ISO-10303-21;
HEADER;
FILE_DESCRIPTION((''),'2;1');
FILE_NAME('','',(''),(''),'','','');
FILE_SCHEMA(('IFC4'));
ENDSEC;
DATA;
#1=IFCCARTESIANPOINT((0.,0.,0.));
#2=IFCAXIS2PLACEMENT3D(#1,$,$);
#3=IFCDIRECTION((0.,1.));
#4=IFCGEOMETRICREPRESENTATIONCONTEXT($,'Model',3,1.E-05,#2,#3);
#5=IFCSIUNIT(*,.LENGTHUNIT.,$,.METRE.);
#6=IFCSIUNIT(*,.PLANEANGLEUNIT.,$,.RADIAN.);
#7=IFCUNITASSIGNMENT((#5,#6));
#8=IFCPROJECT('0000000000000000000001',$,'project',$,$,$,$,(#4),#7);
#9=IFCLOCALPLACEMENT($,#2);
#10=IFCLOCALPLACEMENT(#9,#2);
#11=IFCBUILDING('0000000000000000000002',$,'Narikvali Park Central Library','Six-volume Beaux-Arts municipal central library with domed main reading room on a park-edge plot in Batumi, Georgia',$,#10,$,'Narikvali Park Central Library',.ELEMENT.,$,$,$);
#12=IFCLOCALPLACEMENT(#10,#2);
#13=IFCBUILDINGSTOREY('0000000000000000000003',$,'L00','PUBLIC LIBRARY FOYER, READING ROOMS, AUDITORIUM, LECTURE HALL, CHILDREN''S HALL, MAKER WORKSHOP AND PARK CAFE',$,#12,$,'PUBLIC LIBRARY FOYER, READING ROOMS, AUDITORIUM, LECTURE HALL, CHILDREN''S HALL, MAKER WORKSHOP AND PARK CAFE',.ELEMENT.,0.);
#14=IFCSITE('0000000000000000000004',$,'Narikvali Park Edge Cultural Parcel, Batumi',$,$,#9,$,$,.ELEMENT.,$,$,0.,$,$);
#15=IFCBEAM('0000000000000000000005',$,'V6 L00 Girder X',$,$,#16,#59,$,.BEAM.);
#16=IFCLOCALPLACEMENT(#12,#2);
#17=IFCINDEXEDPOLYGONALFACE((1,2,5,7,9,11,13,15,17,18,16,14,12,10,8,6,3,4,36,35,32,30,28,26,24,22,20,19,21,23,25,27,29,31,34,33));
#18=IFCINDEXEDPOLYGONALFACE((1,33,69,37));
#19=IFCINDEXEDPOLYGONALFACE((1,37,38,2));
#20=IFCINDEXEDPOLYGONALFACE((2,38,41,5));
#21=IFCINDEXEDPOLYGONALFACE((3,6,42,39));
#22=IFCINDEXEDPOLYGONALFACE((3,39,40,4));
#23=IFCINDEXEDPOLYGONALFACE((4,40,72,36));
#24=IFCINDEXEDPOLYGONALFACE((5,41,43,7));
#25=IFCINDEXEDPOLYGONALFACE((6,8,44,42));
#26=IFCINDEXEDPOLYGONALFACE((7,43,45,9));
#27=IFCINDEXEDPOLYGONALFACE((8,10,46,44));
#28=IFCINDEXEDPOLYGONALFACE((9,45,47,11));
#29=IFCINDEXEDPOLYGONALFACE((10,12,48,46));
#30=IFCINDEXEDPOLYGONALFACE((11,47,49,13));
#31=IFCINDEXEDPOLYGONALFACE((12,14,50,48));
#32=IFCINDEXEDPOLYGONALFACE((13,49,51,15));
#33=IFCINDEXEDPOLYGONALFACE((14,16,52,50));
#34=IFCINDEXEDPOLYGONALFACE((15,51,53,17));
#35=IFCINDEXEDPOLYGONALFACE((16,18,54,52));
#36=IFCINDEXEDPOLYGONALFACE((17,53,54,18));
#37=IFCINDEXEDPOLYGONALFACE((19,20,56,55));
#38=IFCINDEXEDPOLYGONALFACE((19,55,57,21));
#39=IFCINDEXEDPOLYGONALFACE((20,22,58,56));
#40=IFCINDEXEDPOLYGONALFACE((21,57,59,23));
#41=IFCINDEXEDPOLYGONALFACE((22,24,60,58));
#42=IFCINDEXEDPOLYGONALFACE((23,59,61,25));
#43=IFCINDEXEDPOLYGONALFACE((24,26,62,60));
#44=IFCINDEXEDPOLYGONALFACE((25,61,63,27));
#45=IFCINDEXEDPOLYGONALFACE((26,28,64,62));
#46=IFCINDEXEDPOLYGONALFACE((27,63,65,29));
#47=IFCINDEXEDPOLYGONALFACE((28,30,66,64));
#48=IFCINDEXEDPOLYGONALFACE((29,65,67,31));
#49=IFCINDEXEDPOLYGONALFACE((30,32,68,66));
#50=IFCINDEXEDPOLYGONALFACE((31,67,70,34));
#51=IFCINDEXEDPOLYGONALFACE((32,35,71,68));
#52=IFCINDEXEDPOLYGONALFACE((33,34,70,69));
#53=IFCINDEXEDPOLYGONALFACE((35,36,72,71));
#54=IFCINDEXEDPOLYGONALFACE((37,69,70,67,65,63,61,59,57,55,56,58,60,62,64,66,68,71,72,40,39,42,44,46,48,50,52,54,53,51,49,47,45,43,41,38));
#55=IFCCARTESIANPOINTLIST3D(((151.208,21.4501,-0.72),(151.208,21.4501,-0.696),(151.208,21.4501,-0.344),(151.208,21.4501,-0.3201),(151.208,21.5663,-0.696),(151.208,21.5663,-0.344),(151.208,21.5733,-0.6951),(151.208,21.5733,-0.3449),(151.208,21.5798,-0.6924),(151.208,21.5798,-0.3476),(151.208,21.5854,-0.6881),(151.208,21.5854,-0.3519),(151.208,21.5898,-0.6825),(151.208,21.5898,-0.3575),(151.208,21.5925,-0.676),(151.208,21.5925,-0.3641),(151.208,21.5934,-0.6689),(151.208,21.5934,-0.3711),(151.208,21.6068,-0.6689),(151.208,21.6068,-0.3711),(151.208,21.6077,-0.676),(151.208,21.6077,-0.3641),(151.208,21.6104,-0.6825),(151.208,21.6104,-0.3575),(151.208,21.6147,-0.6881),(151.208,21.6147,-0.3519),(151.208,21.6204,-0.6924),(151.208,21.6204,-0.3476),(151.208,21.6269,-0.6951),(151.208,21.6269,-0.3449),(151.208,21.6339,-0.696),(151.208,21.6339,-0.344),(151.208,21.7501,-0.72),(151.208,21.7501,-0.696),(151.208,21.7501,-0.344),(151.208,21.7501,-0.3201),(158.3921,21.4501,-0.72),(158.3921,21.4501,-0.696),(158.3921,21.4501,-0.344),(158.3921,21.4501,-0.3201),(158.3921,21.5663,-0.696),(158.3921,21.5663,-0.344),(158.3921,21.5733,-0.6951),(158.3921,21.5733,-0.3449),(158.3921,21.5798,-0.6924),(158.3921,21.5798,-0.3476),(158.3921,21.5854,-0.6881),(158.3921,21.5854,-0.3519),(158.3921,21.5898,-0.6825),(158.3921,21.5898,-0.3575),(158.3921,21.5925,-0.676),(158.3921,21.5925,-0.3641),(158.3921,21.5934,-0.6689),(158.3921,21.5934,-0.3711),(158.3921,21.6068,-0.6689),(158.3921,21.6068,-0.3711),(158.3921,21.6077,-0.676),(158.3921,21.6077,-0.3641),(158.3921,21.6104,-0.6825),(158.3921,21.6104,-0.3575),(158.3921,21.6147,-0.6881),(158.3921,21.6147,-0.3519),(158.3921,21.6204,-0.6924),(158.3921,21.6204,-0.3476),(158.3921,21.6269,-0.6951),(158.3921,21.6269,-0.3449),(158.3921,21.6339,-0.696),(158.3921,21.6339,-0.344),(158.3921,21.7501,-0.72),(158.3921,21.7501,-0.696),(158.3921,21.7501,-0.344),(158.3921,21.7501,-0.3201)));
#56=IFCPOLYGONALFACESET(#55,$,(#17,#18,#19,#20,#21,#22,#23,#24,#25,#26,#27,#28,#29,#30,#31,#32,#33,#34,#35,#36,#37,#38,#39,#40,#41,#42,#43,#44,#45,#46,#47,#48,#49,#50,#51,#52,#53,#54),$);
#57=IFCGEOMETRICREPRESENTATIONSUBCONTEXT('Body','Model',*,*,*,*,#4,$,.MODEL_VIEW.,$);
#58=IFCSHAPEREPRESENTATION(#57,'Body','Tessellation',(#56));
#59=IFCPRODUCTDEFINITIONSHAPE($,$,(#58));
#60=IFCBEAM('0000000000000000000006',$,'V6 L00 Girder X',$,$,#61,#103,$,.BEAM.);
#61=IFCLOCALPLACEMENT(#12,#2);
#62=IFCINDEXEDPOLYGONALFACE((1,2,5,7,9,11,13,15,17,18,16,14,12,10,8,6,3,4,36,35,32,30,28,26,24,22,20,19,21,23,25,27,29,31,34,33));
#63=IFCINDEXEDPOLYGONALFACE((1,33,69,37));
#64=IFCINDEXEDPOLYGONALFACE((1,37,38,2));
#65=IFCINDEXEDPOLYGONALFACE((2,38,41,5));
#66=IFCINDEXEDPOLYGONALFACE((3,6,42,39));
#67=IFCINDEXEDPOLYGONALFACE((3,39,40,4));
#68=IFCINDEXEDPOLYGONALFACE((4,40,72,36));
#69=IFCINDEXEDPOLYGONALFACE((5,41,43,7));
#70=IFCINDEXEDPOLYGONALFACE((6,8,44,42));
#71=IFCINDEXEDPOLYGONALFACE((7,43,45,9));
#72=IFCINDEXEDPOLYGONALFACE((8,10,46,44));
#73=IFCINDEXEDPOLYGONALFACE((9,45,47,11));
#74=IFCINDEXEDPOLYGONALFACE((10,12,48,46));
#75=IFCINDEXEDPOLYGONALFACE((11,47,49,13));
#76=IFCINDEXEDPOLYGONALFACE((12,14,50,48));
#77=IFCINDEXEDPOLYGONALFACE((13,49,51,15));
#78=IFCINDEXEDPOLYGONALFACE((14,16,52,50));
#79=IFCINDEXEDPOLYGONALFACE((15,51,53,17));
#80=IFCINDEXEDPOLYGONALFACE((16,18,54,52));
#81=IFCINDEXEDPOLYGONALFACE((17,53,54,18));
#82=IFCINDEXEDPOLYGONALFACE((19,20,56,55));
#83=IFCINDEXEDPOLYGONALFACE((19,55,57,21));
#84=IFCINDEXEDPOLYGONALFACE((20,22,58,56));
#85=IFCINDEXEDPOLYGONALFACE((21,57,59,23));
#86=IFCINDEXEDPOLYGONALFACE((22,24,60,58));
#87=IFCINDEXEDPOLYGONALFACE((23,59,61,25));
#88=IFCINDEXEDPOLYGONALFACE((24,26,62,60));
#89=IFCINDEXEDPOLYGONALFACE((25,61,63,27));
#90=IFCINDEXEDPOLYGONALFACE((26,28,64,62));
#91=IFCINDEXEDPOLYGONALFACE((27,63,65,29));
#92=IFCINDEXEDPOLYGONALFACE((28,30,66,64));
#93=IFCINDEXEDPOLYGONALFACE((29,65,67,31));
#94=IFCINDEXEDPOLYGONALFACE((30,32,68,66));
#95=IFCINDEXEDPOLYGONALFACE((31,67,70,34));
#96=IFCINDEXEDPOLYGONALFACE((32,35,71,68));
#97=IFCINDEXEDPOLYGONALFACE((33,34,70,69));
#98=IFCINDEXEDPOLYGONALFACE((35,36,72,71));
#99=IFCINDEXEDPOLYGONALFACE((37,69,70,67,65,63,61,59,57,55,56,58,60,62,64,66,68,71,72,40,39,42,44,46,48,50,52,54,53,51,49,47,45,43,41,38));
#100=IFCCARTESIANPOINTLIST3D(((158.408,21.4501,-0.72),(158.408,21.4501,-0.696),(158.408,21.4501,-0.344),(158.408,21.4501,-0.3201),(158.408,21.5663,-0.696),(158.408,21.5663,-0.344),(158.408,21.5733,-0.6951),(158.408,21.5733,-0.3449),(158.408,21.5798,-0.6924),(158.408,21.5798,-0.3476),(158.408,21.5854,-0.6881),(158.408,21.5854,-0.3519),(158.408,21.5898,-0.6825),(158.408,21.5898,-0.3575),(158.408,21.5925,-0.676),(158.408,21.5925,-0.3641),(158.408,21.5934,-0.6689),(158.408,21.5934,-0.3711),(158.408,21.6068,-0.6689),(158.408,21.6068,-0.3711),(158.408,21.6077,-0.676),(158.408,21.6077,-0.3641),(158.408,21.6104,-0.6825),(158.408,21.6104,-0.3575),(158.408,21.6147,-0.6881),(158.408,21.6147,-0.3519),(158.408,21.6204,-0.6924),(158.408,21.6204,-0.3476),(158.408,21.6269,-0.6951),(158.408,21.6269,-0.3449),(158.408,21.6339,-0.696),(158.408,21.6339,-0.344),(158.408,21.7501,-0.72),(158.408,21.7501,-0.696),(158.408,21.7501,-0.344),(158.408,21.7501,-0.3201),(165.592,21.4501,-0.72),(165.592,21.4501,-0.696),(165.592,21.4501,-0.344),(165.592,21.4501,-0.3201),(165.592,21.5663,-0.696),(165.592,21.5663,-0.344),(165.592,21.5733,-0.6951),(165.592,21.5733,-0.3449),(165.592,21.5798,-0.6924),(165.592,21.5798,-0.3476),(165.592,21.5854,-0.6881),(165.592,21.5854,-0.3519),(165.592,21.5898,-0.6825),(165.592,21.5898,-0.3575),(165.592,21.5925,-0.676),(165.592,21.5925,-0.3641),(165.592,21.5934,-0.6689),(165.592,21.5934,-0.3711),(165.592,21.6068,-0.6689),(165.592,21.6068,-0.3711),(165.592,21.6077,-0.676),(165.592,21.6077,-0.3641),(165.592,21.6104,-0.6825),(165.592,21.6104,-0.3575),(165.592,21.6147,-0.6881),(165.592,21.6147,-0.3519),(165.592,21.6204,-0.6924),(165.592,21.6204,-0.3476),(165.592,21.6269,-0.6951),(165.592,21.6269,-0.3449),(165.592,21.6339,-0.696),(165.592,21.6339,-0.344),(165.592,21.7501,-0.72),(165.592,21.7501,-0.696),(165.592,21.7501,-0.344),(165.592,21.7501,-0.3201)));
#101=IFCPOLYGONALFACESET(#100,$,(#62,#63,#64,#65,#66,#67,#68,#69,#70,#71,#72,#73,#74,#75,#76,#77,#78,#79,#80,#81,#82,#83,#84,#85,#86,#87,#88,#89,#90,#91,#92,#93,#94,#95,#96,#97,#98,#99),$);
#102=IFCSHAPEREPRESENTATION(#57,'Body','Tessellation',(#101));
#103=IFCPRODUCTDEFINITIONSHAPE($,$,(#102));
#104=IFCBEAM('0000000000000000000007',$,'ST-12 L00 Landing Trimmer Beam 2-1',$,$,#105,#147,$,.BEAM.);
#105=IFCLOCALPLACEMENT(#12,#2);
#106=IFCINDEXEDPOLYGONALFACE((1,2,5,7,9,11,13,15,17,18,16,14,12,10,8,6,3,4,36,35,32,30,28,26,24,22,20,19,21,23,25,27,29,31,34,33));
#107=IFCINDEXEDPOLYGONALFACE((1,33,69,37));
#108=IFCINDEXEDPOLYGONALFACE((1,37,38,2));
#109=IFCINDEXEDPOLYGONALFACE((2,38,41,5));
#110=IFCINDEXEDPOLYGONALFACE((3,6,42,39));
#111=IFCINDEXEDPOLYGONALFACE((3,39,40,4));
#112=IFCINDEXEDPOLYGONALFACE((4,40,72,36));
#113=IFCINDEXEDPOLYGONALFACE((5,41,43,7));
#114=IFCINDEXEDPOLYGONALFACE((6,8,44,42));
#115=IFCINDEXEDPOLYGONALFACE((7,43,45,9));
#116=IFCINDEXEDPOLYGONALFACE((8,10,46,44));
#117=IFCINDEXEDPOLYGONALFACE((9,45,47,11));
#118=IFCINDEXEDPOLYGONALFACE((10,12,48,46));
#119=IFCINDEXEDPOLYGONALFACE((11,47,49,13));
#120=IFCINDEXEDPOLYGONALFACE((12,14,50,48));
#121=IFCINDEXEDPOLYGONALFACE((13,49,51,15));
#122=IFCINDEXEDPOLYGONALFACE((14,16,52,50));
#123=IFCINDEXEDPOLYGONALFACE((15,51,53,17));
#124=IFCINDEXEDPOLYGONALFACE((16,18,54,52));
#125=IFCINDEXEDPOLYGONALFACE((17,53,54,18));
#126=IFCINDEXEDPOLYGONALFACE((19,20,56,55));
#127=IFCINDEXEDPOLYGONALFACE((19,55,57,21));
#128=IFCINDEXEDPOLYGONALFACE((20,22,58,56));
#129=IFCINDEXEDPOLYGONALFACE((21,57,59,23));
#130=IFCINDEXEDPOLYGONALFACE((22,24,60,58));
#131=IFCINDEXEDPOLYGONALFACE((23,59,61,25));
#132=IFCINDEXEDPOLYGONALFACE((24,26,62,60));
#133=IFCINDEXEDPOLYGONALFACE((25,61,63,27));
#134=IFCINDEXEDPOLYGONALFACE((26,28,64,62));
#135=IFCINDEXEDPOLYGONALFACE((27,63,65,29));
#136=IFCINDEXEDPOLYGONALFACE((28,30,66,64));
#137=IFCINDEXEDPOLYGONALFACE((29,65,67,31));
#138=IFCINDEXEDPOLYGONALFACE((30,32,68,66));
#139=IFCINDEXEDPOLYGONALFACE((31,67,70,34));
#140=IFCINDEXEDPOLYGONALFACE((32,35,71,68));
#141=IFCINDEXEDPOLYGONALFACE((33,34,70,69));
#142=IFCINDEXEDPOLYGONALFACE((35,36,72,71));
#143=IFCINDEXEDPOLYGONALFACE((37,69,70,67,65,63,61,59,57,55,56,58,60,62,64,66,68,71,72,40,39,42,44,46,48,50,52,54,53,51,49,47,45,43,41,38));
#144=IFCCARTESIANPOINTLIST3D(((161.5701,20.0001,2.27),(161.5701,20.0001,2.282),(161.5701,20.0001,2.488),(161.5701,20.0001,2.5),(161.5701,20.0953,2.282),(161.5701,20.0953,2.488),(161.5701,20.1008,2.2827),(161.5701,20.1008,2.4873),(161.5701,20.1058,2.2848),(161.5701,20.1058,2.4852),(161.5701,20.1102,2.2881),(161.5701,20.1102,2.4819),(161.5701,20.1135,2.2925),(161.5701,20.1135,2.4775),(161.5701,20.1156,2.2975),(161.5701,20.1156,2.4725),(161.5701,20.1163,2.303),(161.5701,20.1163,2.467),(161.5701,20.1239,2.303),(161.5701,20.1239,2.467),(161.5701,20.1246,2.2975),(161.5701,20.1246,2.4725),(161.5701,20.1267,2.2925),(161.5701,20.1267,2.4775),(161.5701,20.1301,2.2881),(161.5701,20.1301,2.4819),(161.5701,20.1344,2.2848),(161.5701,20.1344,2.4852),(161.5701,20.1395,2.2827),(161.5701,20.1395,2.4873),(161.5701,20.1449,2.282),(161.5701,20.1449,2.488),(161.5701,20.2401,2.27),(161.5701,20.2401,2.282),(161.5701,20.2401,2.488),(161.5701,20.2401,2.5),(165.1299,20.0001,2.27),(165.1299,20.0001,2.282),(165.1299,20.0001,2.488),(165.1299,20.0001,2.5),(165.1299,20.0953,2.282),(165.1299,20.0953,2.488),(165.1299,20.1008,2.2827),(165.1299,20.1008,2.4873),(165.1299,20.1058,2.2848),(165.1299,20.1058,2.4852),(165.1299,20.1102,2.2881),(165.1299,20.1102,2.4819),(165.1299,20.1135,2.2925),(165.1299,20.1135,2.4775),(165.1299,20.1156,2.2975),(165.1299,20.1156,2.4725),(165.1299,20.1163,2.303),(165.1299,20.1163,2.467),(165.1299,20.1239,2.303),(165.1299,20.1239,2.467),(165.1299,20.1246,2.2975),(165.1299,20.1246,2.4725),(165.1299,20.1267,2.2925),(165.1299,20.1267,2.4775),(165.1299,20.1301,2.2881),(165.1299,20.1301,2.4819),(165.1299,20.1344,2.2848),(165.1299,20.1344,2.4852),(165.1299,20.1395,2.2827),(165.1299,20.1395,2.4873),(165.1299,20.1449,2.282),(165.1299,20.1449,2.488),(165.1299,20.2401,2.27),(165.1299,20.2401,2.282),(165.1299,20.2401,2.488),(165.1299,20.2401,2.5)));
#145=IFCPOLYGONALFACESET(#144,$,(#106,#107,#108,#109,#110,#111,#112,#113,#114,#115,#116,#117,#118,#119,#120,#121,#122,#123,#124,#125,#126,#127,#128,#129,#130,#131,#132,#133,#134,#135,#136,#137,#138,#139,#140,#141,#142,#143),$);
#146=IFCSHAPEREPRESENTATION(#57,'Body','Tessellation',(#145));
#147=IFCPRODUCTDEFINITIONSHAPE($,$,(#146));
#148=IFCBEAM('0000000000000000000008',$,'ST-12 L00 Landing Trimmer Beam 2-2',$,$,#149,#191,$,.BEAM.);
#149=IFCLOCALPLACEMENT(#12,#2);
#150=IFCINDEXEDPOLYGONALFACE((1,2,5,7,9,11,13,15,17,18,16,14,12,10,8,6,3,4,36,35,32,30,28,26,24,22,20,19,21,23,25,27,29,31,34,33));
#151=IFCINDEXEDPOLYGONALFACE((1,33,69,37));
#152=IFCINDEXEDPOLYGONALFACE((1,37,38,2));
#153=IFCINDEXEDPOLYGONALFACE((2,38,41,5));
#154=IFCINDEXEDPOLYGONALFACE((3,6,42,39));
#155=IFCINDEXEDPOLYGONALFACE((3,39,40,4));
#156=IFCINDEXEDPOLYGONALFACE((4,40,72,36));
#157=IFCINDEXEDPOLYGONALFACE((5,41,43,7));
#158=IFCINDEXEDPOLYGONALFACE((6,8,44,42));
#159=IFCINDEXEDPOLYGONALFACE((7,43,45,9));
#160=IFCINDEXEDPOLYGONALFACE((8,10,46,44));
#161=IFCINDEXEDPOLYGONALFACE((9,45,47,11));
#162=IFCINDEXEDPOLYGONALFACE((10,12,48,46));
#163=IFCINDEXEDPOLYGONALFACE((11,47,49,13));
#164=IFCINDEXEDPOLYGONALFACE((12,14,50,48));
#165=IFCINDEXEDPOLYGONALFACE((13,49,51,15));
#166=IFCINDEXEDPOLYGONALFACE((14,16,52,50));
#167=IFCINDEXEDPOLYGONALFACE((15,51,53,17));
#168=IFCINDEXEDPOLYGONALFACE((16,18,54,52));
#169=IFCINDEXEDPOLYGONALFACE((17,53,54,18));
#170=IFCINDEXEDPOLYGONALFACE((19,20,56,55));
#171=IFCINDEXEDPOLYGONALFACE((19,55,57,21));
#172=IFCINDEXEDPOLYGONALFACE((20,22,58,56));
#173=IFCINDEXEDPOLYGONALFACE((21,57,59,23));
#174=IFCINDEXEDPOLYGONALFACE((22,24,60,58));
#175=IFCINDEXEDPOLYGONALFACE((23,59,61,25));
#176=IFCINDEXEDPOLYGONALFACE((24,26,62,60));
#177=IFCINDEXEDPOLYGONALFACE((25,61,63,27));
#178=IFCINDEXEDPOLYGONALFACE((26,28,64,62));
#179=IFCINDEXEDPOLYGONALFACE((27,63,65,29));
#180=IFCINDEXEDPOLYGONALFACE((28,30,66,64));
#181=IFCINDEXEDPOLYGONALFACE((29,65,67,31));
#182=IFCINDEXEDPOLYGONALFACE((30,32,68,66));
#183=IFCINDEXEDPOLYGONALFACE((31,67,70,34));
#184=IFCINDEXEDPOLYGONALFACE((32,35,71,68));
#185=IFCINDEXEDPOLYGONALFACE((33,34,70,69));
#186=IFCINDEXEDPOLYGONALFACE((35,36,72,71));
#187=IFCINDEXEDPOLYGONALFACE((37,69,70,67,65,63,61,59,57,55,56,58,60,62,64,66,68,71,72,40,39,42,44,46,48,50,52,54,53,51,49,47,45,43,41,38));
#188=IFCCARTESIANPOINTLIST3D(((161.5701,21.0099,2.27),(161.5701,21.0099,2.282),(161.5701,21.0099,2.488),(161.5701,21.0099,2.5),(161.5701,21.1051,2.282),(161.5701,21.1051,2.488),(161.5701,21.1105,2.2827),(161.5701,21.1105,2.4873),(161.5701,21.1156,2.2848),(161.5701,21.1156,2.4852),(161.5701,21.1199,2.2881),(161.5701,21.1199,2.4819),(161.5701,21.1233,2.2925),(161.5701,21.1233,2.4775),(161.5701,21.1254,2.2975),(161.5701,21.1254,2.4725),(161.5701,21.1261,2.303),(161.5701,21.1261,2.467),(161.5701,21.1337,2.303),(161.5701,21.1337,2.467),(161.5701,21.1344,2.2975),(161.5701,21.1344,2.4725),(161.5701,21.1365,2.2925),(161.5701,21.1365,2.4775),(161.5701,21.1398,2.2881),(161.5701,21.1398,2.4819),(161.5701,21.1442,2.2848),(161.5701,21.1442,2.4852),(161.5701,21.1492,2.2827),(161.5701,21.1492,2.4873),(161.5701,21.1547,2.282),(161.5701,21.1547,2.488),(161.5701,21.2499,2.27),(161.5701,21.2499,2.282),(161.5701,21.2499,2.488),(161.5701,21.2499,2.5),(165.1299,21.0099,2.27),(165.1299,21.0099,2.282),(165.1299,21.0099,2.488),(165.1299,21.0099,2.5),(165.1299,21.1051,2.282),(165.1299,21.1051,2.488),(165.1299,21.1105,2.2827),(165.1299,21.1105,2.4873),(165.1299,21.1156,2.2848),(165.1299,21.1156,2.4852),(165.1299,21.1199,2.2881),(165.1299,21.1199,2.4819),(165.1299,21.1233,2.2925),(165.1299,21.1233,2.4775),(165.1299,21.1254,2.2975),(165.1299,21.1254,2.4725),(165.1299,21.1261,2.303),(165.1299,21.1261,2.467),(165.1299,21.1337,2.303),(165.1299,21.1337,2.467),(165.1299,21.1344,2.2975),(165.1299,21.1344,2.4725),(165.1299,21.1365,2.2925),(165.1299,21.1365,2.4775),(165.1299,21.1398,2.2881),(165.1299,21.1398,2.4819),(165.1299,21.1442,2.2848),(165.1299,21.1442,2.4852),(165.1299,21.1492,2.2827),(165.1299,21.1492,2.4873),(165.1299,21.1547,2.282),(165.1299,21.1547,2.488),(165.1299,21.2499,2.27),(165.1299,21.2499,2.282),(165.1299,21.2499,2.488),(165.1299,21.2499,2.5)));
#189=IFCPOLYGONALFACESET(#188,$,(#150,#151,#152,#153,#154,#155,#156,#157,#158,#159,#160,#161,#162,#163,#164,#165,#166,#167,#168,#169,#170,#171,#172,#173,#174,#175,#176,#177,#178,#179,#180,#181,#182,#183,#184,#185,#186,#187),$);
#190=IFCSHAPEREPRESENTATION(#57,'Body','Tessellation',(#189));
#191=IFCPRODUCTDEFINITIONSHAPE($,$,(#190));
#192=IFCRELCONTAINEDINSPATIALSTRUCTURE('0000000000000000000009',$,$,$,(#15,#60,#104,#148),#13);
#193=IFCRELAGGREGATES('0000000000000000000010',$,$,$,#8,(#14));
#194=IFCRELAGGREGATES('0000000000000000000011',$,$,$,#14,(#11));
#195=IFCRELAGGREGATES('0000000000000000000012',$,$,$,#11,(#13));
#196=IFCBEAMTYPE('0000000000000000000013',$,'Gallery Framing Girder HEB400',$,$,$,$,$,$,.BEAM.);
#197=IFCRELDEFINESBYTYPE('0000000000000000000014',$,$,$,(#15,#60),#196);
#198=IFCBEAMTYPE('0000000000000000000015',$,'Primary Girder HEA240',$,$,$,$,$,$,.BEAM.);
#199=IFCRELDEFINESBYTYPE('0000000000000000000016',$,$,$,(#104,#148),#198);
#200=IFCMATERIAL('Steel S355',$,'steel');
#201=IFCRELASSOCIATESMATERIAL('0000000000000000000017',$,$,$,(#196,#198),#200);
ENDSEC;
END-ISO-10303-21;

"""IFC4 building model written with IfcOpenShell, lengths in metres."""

from ifc_helpers import new_model, si_unit, direction, frame, origin, origin_2d, place, context, subcontext, project, spatial, i_section, extrude, material, material_profile, profile_set, type_object, element, save


model = new_model("IFC4")

# Units and contexts
model_context = context("Model", 3, precision=1e-05, world=origin(), true_north=direction((0.0, 1.0)))
body_context = subcontext(model_context, "Body", "Model", "MODEL_VIEW")
ifc_project = project(units=[si_unit("LENGTHUNIT", "METRE"), si_unit("PLANEANGLEUNIT", "RADIAN")], contexts=[model_context])

# Site, building, storey
site_placement = place(None, origin())
site = spatial("IfcSite", under=ifc_project, at=site_placement, Name="Narikvali Park Edge Cultural Parcel, Batumi", CompositionType="ELEMENT", RefElevation=0.0)
building_placement = place(site_placement, origin())
building = spatial("IfcBuilding", under=site, at=building_placement, Name="Narikvali Park Central Library", Description="Six-volume Beaux-Arts municipal central library with domed main reading room on a park-edge plot in Batumi, Georgia", LongName="Narikvali Park Central Library", CompositionType="ELEMENT")
storey_placement = place(building_placement, origin())
storey = spatial("IfcBuildingStorey", under=building, at=storey_placement, Name="L00", Description="PUBLIC LIBRARY FOYER, READING ROOMS, AUDITORIUM, LECTURE HALL, CHILDREN'S HALL, MAKER WORKSHOP AND PARK CAFE", LongName="PUBLIC LIBRARY FOYER, READING ROOMS, AUDITORIUM, LECTURE HALL, CHILDREN'S HALL, MAKER WORKSHOP AND PARK CAFE", CompositionType="ELEMENT", Elevation=0.0)

# Shared definitions
ifc_material_1 = material(Name="Steel S355", Category="steel")

# Beams
ifc_material_profile_1 = material_profile(ifc_material_1, i_section(OverallWidth=0.3, OverallDepth=0.3999, WebThickness=0.0134, FlangeThickness=0.0239, FilletRadius=0.0271, at=origin_2d()), Name="HEB 400")
ifc_profile_set_1 = profile_set([ifc_material_profile_1], Name="Steel S355")
beam_type_1 = type_object("IfcBeamType", Name="Gallery Framing Girder HEB400", PredefinedType="BEAM", material=ifc_profile_set_1)
for number, where, z_axis, x_axis, name in (
    (1, (151.208, 21.6001, -0.52), (1.0, 0.0, 0.0), (0.0, 1.0, 0.0), "V6 L00 Girder X"),
    (2, (158.408, 21.6001, -0.52), (1.0, 0.0, 0.0), (0.0, 1.0, 0.0), "V6 L00 Girder X"),
):
    element("IfcBeam", number, at=place(storey_placement, frame(where, z_axis=z_axis, x_axis=x_axis)), inside=storey, type_object=beam_type_1, Name=name, PredefinedType="BEAM", context=body_context, shape_type="SweptSolid", body=[
        extrude(i_section(OverallWidth=0.3, OverallDepth=0.3999, WebThickness=0.0134, FlangeThickness=0.0239, FilletRadius=0.0271, at=origin_2d()), origin(), (0.0, 0.0, 1.0), 7.1841),
    ])
ifc_material_profile_2 = material_profile(ifc_material_1, i_section(OverallWidth=0.24, OverallDepth=0.23, WebThickness=0.0076, FlangeThickness=0.012, FilletRadius=0.021, at=origin_2d()), Name="HEA 240")
ifc_profile_set_2 = profile_set([ifc_material_profile_2], Name="Steel S355")
beam_type_2 = type_object("IfcBeamType", Name="Primary Girder HEA240", PredefinedType="BEAM", material=ifc_profile_set_2)
for number, where, z_axis, x_axis, name in (
    (3, (161.5701, 20.1201, 2.385), (1.0, 0.0, 0.0), (0.0, 1.0, 0.0), "ST-12 L00 Landing Trimmer Beam 2-1"),
    (4, (161.5701, 21.1299, 2.385), (1.0, 0.0, 0.0), (0.0, 1.0, 0.0), "ST-12 L00 Landing Trimmer Beam 2-2"),
):
    element("IfcBeam", number, at=place(storey_placement, frame(where, z_axis=z_axis, x_axis=x_axis)), inside=storey, type_object=beam_type_2, Name=name, PredefinedType="BEAM", context=body_context, shape_type="SweptSolid", body=[
        extrude(i_section(OverallWidth=0.24, OverallDepth=0.23, WebThickness=0.0076, FlangeThickness=0.012, FilletRadius=0.021, at=origin_2d()), origin(), (0.0, 0.0, 1.0), 3.5598),
    ])

save(model, "model.ifc")
